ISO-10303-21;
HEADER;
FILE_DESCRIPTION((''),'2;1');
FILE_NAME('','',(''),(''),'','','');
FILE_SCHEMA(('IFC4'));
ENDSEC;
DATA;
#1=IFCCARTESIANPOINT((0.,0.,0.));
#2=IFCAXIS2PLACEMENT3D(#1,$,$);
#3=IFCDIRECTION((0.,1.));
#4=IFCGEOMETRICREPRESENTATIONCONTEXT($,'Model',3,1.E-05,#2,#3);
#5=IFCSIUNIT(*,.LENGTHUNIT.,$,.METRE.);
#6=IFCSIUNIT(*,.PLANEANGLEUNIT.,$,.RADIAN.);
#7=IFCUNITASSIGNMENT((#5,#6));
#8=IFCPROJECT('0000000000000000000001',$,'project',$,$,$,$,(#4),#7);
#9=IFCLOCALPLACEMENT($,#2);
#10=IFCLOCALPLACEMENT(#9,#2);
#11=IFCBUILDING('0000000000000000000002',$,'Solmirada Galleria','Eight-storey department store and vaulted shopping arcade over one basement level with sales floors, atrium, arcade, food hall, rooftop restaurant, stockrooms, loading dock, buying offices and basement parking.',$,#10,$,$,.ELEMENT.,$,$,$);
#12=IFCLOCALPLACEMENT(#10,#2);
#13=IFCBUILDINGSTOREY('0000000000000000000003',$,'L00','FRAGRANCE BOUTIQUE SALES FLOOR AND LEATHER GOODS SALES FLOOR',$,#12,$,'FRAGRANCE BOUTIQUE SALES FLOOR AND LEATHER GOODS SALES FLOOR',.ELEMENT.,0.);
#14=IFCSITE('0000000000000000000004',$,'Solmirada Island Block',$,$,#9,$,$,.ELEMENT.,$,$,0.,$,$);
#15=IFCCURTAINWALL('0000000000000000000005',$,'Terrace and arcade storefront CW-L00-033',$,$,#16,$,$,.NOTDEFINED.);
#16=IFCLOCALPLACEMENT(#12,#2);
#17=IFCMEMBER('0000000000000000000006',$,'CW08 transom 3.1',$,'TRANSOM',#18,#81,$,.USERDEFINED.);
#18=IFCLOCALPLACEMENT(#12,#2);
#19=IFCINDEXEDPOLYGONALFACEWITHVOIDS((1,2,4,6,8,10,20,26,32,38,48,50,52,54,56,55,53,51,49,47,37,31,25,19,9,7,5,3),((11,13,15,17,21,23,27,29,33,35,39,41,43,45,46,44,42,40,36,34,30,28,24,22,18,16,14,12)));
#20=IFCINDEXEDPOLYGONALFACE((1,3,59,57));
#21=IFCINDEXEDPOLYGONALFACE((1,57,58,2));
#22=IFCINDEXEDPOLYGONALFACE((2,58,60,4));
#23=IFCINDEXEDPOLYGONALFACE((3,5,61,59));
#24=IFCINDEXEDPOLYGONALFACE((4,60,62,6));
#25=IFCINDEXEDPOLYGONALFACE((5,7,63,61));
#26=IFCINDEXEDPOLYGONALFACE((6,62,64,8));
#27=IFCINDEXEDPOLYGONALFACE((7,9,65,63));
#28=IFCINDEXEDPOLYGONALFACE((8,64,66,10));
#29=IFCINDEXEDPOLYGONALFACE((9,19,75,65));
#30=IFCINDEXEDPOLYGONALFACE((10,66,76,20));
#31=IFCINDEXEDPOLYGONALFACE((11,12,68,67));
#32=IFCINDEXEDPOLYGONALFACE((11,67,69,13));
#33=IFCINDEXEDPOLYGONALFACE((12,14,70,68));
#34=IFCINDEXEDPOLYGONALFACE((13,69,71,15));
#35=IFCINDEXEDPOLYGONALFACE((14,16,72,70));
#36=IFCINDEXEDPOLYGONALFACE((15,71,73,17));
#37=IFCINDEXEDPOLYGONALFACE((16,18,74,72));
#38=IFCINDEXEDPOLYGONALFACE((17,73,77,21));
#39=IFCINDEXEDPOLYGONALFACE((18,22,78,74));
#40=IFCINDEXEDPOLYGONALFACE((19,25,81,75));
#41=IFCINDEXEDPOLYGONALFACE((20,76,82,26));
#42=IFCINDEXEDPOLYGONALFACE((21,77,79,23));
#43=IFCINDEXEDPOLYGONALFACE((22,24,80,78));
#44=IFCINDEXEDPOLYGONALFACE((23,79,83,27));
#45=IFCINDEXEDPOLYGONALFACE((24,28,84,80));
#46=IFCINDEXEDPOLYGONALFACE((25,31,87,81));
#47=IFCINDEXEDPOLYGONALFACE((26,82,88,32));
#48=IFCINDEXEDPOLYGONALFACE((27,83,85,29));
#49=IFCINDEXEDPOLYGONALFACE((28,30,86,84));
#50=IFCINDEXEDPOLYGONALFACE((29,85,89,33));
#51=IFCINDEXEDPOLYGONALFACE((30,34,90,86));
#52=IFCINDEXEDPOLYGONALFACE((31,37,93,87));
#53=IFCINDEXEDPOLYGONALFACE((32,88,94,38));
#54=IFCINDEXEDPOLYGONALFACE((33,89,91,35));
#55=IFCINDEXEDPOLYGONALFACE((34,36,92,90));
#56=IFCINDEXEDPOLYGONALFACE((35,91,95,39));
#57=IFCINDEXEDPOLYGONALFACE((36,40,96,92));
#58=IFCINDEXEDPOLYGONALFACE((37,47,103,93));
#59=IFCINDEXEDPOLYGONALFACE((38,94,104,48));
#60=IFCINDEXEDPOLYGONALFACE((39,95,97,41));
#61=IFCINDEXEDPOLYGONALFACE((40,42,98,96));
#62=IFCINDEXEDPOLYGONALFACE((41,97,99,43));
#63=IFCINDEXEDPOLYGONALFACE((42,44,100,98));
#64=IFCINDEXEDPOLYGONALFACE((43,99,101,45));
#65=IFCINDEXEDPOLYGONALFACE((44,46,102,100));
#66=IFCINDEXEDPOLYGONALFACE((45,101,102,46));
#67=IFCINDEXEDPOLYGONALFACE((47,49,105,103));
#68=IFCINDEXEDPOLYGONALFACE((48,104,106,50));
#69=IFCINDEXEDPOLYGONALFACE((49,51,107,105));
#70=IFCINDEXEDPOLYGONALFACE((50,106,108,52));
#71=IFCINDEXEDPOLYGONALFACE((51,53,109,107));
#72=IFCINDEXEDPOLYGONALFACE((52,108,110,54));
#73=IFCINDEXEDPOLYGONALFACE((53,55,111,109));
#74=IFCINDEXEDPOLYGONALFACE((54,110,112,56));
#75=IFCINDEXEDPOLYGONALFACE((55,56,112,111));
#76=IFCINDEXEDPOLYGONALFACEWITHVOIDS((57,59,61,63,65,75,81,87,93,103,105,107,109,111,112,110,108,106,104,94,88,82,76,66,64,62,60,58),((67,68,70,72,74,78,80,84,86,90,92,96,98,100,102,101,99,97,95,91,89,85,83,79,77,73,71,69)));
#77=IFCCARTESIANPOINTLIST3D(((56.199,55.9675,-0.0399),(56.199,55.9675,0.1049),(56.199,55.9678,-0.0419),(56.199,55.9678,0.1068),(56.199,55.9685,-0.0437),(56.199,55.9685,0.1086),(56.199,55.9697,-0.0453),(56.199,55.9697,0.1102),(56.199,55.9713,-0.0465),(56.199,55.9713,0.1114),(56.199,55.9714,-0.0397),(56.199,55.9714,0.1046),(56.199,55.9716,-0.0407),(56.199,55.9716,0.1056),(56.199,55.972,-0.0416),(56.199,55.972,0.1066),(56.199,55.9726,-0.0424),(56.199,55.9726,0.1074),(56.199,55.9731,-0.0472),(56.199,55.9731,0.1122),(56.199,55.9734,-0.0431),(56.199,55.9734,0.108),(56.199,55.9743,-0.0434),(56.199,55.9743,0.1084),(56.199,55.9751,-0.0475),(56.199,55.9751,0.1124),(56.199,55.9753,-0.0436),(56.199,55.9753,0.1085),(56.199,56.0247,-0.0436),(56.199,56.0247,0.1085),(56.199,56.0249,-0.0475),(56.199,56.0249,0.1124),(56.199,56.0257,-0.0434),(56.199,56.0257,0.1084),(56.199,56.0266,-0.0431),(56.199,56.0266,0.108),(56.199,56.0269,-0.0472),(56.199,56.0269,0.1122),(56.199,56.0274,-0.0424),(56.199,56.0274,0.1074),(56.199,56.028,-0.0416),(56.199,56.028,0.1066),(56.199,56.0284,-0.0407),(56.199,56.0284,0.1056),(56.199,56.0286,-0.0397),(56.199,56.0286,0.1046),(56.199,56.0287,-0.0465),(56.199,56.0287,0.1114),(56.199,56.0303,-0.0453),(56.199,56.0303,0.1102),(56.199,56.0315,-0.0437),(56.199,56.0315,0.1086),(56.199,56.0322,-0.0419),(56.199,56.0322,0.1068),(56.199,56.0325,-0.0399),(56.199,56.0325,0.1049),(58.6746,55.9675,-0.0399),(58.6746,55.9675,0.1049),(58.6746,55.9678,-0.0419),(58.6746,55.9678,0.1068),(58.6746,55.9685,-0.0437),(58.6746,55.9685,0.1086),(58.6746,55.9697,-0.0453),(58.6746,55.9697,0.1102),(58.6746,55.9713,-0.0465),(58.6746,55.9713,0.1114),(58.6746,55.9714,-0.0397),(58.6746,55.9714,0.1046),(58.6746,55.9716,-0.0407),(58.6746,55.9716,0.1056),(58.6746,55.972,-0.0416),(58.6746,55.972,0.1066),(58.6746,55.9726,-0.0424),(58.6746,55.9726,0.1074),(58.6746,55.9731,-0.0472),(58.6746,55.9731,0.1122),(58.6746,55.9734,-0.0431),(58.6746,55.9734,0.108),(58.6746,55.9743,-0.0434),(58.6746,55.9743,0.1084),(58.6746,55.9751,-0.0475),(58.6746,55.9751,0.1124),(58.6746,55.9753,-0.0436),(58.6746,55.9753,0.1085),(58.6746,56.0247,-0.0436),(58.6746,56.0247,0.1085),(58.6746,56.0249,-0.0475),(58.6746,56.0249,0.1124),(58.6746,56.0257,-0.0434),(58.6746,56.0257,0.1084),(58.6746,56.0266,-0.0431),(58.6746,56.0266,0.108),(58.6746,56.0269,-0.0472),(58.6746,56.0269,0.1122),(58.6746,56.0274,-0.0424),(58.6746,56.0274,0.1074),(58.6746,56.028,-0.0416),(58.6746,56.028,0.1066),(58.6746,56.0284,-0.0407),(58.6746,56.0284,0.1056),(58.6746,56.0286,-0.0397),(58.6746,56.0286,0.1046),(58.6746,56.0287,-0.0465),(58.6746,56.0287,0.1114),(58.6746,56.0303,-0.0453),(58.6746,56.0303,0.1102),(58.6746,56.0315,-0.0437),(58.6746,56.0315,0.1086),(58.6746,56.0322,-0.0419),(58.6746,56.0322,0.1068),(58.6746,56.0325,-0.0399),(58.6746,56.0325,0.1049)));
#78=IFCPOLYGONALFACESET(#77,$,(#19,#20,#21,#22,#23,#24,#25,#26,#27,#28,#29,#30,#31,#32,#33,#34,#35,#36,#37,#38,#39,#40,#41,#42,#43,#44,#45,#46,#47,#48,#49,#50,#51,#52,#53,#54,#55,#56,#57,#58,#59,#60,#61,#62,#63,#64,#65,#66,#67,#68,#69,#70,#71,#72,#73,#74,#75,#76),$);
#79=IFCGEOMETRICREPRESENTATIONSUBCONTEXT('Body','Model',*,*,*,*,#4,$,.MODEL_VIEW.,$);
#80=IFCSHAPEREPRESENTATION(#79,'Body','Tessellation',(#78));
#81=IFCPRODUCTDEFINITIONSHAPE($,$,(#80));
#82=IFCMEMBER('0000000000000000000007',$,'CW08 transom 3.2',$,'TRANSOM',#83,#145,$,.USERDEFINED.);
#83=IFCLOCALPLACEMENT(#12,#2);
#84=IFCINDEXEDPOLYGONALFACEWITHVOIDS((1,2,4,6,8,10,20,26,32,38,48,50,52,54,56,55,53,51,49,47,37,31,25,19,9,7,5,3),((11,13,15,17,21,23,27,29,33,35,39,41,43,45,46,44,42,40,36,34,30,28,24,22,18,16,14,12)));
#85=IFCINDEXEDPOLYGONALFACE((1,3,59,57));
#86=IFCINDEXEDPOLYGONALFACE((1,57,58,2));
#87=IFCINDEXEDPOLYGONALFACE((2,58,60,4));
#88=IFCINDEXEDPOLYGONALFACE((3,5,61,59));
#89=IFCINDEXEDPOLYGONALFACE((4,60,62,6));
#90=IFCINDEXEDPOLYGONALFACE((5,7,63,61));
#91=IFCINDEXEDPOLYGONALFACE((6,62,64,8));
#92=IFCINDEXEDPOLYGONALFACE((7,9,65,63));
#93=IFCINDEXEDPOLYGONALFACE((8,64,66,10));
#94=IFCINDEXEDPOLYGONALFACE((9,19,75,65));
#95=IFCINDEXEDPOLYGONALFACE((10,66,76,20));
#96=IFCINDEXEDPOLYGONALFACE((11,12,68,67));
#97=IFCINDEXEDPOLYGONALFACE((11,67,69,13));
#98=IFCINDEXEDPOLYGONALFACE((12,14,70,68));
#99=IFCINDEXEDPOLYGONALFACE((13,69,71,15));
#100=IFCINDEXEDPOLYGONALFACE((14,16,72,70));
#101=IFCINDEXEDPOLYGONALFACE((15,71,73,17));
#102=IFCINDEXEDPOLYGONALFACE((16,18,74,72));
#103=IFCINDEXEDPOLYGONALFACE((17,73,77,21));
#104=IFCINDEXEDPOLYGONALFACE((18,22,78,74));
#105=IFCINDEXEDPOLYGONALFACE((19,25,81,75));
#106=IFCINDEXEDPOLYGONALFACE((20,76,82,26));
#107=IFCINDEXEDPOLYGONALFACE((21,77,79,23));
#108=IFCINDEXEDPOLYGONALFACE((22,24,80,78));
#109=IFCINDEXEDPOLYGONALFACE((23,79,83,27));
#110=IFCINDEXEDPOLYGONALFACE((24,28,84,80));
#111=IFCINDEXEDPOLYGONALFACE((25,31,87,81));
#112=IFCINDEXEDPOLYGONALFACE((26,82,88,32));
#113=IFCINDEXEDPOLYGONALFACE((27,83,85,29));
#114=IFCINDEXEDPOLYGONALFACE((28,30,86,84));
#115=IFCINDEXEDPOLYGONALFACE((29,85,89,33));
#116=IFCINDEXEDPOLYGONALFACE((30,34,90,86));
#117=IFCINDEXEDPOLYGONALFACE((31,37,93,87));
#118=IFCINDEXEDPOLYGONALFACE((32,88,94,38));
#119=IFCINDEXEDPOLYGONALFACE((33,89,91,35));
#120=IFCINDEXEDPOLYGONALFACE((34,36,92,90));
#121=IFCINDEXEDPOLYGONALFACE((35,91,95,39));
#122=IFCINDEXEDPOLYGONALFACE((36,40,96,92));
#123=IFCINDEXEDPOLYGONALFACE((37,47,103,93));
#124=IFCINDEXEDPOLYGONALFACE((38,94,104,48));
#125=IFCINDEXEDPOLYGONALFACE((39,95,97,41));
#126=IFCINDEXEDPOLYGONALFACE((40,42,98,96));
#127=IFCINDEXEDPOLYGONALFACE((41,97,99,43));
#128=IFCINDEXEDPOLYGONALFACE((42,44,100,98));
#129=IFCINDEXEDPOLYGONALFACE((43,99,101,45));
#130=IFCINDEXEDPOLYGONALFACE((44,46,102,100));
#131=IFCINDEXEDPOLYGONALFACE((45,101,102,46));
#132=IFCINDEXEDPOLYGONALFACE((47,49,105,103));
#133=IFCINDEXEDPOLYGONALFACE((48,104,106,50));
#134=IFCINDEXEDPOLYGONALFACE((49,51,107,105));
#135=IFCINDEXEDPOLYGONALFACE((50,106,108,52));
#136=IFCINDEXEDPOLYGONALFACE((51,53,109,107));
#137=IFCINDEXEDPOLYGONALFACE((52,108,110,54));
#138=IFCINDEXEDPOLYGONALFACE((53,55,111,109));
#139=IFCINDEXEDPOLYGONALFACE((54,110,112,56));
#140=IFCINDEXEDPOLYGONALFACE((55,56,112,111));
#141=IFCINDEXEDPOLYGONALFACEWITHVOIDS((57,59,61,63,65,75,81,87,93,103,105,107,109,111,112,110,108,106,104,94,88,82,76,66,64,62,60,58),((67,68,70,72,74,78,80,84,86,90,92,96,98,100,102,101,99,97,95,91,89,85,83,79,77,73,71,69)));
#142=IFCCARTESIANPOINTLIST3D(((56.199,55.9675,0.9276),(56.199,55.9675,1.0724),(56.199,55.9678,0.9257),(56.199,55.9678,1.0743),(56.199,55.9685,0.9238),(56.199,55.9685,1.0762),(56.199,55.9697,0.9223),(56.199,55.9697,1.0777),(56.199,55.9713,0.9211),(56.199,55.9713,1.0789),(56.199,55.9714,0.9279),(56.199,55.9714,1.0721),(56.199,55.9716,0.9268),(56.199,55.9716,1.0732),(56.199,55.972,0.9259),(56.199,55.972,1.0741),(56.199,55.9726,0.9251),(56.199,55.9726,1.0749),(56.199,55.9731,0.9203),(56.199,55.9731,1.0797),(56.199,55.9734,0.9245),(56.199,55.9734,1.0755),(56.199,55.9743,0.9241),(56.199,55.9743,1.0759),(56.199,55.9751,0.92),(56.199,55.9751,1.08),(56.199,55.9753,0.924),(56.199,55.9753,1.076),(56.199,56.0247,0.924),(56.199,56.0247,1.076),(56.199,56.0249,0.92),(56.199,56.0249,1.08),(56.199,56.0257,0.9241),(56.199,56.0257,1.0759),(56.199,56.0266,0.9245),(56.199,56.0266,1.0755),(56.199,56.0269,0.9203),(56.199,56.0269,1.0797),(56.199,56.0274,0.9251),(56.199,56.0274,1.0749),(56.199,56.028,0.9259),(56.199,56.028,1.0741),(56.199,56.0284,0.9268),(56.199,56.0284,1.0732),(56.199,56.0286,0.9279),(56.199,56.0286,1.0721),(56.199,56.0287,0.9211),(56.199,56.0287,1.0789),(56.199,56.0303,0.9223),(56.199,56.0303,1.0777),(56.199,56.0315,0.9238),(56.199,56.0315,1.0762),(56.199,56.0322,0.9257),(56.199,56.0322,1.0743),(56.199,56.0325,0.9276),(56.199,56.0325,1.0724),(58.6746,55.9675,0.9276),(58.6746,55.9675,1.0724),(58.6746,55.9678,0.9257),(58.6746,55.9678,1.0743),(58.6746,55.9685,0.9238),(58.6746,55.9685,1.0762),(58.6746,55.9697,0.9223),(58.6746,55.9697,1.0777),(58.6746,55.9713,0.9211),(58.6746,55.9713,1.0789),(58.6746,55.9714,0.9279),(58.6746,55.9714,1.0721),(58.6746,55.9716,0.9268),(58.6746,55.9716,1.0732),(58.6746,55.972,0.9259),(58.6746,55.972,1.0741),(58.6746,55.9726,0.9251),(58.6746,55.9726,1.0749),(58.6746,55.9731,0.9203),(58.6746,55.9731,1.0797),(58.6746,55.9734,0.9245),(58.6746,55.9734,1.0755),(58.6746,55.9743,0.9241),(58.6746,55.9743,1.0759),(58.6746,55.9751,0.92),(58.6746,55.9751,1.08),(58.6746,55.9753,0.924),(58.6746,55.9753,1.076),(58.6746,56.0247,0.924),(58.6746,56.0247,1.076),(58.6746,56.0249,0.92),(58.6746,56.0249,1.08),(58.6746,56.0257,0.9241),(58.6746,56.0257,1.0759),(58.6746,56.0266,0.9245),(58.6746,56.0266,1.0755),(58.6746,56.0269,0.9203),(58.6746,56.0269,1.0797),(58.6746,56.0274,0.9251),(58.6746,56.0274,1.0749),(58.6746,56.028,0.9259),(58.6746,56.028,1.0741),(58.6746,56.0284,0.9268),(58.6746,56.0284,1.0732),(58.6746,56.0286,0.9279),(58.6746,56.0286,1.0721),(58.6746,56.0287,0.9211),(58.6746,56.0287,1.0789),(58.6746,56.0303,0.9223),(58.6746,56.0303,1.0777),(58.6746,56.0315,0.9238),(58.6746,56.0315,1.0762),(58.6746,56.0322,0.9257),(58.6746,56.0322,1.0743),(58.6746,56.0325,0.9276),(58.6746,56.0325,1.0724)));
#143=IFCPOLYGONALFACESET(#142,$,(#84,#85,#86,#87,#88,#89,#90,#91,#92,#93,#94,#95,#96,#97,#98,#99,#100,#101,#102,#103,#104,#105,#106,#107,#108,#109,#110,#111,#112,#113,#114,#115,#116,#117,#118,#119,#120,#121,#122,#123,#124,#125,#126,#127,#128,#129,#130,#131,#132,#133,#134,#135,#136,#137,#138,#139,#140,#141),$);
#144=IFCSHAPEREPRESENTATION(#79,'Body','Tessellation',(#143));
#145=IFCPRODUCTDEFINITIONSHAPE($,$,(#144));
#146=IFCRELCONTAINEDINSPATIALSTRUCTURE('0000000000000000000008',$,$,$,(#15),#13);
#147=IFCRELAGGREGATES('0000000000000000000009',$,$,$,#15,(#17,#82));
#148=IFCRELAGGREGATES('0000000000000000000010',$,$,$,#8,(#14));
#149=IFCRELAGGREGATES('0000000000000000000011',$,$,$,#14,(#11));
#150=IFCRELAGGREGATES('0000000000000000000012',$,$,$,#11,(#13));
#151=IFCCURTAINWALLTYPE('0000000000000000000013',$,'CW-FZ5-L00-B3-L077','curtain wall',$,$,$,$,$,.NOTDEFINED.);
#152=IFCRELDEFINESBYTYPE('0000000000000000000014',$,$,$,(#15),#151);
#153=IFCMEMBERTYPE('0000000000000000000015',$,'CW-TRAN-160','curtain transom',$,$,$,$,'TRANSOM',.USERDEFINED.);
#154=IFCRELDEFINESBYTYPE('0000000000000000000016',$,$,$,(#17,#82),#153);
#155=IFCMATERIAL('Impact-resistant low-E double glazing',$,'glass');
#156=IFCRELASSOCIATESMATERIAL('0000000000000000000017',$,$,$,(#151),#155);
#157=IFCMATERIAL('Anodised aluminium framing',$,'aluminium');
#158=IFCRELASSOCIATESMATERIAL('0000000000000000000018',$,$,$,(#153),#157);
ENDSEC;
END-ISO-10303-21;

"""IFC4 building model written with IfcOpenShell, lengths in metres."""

from ifc_helpers import new_model, si_unit, direction, frame, origin, origin_2d, place, context, subcontext, project, spatial, hollow_rectangle, extrude, material, material_profile, profile_set, type_object, element, aggregate, save


model = new_model("IFC4")

# Units and contexts
model_context = context("Model", 3, precision=1e-05, world=origin(), true_north=direction((0.0, 1.0)))
body_context = subcontext(model_context, "Body", "Model", "MODEL_VIEW")
ifc_project = project(units=[si_unit("LENGTHUNIT", "METRE"), si_unit("PLANEANGLEUNIT", "RADIAN")], contexts=[model_context])

# Site, building, storey
site_placement = place(None, origin())
site = spatial("IfcSite", under=ifc_project, at=site_placement, Name="Solmirada Island Block", CompositionType="ELEMENT", RefElevation=0.0)
building_placement = place(site_placement, origin())
building = spatial("IfcBuilding", under=site, at=building_placement, Name="Solmirada Galleria", Description="Eight-storey department store and vaulted shopping arcade over one basement level with sales floors, atrium, arcade, food hall, rooftop restaurant, stockrooms, loading dock, buying offices and basement parking.", CompositionType="ELEMENT")
storey_placement = place(building_placement, origin())
storey = spatial("IfcBuildingStorey", under=building, at=storey_placement, Name="L00", Description="FRAGRANCE BOUTIQUE SALES FLOOR AND LEATHER GOODS SALES FLOOR", LongName="FRAGRANCE BOUTIQUE SALES FLOOR AND LEATHER GOODS SALES FLOOR", CompositionType="ELEMENT", Elevation=0.0)

# Curtain wall
ifc_material_1 = material(Name="Impact-resistant low-E double glazing", Category="glass")
curtain_wall_type = type_object("IfcCurtainWallType", Name="CW-FZ5-L00-B3-L077", Description="curtain wall", PredefinedType="NOTDEFINED", material=ifc_material_1)
curtain_wall_1_placement = place(storey_placement, origin())
curtain_wall_1 = element("IfcCurtainWall", 1, at=curtain_wall_1_placement, inside=storey, type_object=curtain_wall_type, Name="Terrace and arcade storefront CW-L00-033", PredefinedType="NOTDEFINED")
ifc_material_2 = material(Name="Anodised aluminium framing", Category="aluminium")

# Members
ifc_material_profile_1 = material_profile(ifc_material_2, hollow_rectangle(XDim=0.0649, YDim=0.1599, WallThickness=0.0039, InnerFilletRadius=0.0039, OuterFilletRadius=0.0076, at=origin_2d()), Name="ALU-TRAN-160X65")
ifc_profile_set_1 = profile_set([ifc_material_profile_1], Name="Anodised aluminium framing")
member_type_1 = type_object("IfcMemberType", Name="CW-TRAN-160", Description="curtain transom", ElementType="TRANSOM", PredefinedType="USERDEFINED", material=ifc_profile_set_1)
member_1_placement = place(storey_placement, frame((58.6746, 56.0, 0.0325), z_axis=(-1.0, 0.0, 0.0), x_axis=(0.0, -1.0, 0.0)))
member_1 = element("IfcMember", 2, at=member_1_placement, type_object=member_type_1, Name="CW08 transom 3.1", ObjectType="TRANSOM", PredefinedType="USERDEFINED", context=body_context, shape_type="SweptSolid", body=[
    extrude(hollow_rectangle(XDim=0.0649, YDim=0.1599, WallThickness=0.0039, InnerFilletRadius=0.0039, OuterFilletRadius=0.0076, at=origin_2d()), origin(), (0.0, 0.0, 1.0), 2.4756),
])
member_2_placement = place(storey_placement, frame((58.6746, 56.0, 1.0), z_axis=(-1.0, 0.0, 0.0), x_axis=(0.0, -1.0, 0.0)))
member_2 = element("IfcMember", 3, at=member_2_placement, type_object=member_type_1, Name="CW08 transom 3.2", ObjectType="TRANSOM", PredefinedType="USERDEFINED", context=body_context, shape_type="SweptSolid", body=[
    extrude(hollow_rectangle(XDim=0.0649, YDim=0.1599, WallThickness=0.0039, InnerFilletRadius=0.0039, OuterFilletRadius=0.0076, at=origin_2d()), origin(), (0.0, 0.0, 1.0), 2.4756),
])

aggregate(curtain_wall_1, [member_1, member_2])

save(model, "model.ifc")
